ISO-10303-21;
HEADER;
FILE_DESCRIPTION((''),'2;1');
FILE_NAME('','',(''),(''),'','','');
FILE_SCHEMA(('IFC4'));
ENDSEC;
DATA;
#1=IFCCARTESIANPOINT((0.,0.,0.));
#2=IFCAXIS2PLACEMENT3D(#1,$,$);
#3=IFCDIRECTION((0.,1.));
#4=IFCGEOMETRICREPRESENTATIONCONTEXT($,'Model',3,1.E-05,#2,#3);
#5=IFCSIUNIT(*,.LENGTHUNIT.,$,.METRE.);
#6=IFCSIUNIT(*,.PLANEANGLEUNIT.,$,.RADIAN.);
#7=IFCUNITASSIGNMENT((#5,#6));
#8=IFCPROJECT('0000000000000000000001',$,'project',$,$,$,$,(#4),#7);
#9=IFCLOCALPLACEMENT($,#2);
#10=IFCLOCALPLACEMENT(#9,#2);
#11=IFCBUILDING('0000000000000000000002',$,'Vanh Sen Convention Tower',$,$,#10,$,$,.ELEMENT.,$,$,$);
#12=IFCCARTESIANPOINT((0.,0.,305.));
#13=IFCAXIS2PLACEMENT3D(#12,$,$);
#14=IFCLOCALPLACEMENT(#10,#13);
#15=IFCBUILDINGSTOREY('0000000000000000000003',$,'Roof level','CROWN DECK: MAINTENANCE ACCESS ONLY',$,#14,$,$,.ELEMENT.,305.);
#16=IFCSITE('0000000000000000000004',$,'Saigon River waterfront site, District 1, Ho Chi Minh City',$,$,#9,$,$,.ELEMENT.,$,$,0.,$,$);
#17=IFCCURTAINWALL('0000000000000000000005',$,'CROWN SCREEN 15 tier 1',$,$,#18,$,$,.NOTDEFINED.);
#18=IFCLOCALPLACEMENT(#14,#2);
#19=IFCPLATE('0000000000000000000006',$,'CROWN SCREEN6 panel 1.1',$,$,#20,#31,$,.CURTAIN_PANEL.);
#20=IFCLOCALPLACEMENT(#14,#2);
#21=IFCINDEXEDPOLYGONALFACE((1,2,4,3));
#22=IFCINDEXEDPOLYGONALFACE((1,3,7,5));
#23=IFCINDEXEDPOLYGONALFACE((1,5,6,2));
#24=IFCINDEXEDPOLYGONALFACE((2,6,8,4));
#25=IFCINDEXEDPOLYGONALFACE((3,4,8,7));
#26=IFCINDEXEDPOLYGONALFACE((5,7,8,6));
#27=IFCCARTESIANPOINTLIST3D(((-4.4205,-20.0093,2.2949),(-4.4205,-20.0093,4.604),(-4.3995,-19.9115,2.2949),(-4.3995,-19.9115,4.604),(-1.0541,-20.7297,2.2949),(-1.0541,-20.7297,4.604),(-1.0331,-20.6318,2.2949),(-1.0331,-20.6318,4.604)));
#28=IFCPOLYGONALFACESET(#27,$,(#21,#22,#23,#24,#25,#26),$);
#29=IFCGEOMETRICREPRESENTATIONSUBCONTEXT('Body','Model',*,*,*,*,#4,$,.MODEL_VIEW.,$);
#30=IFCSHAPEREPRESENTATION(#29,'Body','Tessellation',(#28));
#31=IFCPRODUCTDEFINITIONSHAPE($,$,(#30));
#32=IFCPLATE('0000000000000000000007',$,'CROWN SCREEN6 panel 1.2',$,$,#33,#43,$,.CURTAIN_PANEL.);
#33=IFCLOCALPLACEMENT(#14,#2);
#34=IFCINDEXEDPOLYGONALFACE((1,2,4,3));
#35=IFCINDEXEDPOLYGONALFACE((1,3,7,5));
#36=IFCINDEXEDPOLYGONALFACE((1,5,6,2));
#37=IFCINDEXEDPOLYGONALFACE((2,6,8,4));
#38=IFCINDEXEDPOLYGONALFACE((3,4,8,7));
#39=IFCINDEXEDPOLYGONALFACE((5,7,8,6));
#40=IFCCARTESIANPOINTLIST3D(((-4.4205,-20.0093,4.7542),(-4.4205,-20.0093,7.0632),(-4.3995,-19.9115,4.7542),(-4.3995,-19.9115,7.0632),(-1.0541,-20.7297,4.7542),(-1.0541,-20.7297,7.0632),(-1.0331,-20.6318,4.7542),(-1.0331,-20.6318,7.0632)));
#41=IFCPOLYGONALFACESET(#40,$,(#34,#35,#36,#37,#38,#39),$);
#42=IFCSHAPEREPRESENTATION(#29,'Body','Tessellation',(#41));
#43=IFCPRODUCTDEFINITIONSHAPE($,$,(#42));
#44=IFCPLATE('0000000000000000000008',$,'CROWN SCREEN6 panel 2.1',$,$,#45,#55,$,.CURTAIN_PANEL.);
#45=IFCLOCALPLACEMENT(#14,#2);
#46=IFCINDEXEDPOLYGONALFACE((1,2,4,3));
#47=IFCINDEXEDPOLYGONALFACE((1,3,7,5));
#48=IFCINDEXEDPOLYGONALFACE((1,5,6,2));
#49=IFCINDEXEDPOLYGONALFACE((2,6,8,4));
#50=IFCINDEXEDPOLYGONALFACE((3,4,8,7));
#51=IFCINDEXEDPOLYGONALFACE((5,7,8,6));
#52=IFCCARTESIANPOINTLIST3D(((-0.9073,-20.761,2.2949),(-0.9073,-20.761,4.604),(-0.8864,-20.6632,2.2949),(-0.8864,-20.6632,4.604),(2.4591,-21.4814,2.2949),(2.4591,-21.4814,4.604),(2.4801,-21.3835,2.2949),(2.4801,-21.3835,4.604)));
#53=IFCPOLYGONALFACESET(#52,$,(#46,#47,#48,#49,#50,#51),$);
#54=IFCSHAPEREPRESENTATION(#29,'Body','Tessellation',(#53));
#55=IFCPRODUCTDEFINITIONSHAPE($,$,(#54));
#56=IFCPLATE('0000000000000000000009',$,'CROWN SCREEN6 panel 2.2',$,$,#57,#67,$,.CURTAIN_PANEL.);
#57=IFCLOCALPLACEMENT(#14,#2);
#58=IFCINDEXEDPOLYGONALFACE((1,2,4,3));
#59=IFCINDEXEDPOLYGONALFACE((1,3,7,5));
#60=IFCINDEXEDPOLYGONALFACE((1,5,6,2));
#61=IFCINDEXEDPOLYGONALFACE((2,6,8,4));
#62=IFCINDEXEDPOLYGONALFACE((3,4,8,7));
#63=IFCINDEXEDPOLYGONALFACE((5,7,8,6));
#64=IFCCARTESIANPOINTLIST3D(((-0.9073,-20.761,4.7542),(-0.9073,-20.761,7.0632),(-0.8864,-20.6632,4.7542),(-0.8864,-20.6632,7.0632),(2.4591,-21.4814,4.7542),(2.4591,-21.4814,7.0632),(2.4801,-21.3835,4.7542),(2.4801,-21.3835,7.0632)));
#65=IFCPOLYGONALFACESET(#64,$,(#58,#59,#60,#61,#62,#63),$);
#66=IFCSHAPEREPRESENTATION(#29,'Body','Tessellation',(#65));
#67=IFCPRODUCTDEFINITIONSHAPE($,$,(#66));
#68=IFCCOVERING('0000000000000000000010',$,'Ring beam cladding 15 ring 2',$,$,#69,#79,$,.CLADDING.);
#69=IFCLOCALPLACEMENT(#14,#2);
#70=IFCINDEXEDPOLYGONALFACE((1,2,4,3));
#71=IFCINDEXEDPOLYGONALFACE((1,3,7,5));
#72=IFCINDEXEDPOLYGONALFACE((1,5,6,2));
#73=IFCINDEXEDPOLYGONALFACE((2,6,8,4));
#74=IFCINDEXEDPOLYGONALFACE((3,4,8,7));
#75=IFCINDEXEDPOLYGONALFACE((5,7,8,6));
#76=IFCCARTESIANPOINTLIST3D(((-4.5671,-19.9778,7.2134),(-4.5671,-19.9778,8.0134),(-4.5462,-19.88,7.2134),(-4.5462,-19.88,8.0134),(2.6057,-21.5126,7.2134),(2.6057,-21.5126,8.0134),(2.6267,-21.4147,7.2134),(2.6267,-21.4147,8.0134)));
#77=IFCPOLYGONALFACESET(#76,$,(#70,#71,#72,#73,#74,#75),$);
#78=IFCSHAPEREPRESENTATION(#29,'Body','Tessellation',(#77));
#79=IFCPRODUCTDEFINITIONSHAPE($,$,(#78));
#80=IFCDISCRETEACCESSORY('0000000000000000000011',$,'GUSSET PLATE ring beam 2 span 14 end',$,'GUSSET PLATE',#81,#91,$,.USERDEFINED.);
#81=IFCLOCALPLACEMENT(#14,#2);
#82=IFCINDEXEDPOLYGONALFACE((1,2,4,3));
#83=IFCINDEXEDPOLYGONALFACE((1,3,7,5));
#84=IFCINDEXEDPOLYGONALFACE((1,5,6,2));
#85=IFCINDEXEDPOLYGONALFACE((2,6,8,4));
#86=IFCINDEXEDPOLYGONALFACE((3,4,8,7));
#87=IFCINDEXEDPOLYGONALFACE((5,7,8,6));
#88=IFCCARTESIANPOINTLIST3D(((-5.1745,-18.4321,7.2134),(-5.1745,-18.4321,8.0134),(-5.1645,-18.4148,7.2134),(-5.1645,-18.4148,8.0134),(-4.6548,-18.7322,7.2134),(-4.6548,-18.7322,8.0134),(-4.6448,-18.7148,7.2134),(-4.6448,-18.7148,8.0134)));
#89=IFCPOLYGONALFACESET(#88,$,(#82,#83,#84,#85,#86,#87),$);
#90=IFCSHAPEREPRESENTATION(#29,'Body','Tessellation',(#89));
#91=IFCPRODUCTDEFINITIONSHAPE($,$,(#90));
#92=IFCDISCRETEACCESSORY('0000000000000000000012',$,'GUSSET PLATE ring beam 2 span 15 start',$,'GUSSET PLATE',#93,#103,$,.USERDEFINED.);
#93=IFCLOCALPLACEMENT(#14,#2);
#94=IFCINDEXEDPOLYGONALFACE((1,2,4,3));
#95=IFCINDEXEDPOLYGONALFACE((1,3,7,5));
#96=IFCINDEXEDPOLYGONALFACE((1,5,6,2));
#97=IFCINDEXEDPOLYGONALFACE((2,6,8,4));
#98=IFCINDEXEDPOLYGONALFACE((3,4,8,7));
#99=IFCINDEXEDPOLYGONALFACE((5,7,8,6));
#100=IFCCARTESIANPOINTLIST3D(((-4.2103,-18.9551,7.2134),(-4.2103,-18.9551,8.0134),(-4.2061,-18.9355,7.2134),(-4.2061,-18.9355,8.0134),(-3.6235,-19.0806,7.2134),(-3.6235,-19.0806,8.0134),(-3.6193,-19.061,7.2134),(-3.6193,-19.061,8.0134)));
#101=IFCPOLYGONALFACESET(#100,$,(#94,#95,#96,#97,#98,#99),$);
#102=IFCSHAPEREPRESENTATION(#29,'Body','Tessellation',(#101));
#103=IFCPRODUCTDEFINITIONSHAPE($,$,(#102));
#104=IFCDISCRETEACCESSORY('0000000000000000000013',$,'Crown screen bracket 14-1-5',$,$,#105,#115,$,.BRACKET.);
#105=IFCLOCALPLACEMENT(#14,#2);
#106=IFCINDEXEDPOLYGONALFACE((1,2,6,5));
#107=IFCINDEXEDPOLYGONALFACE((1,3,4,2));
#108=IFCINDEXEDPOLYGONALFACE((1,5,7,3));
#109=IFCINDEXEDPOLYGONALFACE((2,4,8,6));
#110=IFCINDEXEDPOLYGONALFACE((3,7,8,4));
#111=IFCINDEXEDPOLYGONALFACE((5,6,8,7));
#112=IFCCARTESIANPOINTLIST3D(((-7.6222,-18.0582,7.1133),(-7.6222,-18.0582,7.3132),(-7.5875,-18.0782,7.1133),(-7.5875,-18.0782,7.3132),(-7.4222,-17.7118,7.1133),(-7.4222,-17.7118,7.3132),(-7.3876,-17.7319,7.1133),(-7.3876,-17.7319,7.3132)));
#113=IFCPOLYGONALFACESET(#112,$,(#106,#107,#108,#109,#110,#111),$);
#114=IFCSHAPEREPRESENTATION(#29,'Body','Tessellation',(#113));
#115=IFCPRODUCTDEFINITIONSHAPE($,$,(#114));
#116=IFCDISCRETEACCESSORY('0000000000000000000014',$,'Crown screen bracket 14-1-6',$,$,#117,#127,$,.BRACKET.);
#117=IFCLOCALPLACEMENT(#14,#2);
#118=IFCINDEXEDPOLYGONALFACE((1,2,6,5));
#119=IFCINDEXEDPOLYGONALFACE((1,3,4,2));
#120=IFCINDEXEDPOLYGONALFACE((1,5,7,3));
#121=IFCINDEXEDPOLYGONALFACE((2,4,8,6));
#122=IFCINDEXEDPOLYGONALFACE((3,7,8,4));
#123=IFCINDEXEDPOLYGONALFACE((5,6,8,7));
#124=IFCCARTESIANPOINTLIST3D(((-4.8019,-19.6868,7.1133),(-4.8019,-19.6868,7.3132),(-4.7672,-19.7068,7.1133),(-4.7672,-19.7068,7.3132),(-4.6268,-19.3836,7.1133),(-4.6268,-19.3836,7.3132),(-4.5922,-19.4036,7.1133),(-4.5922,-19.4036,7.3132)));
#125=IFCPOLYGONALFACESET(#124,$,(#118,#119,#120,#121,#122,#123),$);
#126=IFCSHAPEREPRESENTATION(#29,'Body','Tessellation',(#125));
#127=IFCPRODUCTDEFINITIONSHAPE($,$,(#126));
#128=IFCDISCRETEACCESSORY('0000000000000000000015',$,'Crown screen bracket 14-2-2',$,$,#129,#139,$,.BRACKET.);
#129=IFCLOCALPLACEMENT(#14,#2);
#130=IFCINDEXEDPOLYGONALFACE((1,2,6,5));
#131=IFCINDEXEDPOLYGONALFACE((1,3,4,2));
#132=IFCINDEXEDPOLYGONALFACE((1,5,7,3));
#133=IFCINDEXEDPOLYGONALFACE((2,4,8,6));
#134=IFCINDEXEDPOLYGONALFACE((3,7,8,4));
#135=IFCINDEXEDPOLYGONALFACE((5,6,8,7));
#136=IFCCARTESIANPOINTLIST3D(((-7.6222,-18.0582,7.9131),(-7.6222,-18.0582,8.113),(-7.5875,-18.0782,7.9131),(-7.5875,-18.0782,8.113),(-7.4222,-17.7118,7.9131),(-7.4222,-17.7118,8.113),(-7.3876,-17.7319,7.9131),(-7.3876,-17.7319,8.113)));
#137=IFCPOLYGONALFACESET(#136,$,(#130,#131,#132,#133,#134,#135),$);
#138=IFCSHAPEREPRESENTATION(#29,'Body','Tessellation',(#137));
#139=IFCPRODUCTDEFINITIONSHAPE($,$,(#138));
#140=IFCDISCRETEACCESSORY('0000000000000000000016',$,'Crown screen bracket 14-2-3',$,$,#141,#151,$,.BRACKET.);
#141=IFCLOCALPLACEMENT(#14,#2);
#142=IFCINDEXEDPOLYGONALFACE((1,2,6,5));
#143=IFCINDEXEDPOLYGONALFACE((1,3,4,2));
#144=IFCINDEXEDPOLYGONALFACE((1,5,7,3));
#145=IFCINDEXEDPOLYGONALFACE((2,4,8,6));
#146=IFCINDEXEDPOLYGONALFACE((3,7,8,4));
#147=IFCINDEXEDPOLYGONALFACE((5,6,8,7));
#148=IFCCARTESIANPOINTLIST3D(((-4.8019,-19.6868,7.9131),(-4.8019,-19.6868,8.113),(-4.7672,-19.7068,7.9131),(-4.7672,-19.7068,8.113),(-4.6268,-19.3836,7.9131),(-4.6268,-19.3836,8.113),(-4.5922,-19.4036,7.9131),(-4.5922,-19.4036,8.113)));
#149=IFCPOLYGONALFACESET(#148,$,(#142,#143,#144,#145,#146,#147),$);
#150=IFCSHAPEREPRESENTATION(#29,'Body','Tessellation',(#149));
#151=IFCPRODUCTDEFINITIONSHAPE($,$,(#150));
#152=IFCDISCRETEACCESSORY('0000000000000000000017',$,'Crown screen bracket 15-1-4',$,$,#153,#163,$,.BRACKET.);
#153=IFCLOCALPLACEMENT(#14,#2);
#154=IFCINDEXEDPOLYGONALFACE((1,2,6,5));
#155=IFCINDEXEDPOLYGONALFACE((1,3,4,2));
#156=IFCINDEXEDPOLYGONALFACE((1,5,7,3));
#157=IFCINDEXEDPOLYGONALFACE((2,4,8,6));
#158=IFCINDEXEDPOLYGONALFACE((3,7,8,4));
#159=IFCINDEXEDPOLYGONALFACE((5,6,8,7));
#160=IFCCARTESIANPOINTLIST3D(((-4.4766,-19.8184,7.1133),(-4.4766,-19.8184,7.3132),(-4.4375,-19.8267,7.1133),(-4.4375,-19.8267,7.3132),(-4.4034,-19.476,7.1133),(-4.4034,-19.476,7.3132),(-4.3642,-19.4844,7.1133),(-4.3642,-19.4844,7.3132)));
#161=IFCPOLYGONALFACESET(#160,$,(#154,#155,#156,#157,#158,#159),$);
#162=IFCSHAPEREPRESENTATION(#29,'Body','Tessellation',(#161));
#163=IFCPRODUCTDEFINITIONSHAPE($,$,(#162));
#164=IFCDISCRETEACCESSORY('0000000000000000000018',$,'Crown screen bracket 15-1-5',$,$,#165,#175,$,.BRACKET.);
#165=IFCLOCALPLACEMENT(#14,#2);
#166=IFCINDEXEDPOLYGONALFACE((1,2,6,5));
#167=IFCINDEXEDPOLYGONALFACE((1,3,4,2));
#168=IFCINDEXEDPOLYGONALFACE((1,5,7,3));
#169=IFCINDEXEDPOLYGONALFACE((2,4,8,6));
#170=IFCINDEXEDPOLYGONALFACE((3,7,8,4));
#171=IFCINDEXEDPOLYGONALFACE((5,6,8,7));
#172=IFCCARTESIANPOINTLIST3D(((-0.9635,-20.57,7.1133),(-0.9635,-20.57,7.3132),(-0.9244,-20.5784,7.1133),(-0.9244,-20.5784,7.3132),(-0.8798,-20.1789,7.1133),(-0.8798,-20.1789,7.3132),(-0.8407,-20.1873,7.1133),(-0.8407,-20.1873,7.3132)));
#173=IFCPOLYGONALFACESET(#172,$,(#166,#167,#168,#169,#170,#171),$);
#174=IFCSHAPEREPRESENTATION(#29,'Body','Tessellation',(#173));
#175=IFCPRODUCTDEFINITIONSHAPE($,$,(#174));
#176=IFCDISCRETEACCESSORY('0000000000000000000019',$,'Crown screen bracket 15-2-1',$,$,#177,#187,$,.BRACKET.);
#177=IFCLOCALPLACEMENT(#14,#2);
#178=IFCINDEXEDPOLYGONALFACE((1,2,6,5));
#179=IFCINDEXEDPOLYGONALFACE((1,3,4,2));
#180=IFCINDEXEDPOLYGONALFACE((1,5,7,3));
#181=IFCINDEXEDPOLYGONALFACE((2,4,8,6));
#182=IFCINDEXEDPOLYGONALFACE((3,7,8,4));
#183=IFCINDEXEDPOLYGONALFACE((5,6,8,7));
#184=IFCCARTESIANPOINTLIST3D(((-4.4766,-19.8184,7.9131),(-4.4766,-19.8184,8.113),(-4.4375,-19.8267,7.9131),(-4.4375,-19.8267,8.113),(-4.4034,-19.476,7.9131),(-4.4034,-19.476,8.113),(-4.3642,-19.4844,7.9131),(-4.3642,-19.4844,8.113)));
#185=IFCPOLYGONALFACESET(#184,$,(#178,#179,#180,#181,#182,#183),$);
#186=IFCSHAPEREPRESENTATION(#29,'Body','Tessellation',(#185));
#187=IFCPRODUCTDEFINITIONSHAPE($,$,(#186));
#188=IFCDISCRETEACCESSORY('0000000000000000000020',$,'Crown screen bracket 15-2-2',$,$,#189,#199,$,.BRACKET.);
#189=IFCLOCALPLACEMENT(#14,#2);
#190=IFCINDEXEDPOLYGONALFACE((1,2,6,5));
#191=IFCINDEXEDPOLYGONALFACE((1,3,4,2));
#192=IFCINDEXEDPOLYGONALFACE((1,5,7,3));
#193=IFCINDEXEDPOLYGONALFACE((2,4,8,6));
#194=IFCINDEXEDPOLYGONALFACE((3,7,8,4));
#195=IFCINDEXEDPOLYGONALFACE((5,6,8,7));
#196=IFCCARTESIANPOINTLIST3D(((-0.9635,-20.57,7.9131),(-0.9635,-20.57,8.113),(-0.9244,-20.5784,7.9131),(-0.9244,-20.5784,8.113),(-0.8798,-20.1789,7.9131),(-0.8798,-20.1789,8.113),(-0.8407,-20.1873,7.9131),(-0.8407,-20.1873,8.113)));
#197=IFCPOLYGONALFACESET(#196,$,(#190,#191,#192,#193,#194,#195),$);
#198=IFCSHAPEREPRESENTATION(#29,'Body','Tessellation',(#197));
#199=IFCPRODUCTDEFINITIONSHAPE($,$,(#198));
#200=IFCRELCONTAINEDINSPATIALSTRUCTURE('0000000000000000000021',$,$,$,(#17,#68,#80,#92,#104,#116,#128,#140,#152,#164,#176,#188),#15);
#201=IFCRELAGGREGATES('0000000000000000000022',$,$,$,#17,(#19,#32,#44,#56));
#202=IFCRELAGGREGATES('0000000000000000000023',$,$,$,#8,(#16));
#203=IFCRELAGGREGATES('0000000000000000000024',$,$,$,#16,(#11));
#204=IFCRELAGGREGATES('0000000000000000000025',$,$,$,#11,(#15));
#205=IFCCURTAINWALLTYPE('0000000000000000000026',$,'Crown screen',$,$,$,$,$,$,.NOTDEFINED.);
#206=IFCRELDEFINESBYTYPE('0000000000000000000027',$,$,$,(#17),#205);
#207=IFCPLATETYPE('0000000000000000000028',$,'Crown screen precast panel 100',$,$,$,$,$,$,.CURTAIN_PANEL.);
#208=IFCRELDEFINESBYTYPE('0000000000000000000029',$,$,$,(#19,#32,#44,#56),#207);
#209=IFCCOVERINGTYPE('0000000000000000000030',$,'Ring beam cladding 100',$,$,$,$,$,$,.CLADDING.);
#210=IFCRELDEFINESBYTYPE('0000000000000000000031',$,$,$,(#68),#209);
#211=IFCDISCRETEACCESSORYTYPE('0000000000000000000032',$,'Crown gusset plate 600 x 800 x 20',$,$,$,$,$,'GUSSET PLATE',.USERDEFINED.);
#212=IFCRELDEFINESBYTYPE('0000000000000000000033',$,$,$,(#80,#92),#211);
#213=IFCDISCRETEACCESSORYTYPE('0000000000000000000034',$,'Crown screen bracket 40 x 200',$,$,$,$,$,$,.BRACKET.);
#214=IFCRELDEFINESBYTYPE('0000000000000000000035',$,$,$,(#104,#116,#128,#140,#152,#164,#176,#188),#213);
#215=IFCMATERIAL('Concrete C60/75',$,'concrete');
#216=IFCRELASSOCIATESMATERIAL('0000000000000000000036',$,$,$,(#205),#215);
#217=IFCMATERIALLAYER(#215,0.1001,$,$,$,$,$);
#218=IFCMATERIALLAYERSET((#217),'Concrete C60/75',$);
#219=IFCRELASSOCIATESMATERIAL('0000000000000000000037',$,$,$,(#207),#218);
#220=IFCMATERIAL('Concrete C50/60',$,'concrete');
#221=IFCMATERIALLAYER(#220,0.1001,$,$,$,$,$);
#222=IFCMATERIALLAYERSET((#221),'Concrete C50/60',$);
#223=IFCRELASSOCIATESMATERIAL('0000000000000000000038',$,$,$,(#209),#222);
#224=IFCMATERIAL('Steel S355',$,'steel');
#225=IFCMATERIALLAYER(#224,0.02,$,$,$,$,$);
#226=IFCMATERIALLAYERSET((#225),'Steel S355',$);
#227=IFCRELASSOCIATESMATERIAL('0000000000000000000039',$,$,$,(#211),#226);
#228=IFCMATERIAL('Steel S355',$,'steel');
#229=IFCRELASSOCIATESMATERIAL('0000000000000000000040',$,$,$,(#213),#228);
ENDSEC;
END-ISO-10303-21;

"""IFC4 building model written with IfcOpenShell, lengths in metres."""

from ifc_helpers import new_model, si_unit, direction, frame, origin, origin_2d, place, context, subcontext, project, spatial, rectangle, extrude, material, layer, layer_set, type_object, element, aggregate, save


model = new_model("IFC4")

# Units and contexts
model_context = context("Model", 3, precision=1e-05, world=origin(), true_north=direction((0.0, 1.0)))
body_context = subcontext(model_context, "Body", "Model", "MODEL_VIEW")
ifc_project = project(units=[si_unit("LENGTHUNIT", "METRE"), si_unit("PLANEANGLEUNIT", "RADIAN")], contexts=[model_context])

# Site, building, storey
site_placement = place(None, origin())
site = spatial("IfcSite", under=ifc_project, at=site_placement, Name="Saigon River waterfront site, District 1, Ho Chi Minh City", CompositionType="ELEMENT", RefElevation=0.0)
building_placement = place(site_placement, origin())
building = spatial("IfcBuilding", under=site, at=building_placement, Name="Vanh Sen Convention Tower", CompositionType="ELEMENT")
storey_placement = place(building_placement, frame((0.0, 0.0, 305.0)))
storey = spatial("IfcBuildingStorey", under=building, at=storey_placement, Name="Roof level", Description="CROWN DECK: MAINTENANCE ACCESS ONLY", CompositionType="ELEMENT", Elevation=305.0)

# Shared definitions
ifc_material_1 = material(Name="Concrete C60/75", Category="concrete")
curtain_wall_type = type_object("IfcCurtainWallType", Name="Crown screen", PredefinedType="NOTDEFINED", material=ifc_material_1)

# Curtain wall
curtain_wall_1_placement = place(storey_placement, origin())
curtain_wall_1 = element("IfcCurtainWall", 1, at=curtain_wall_1_placement, inside=storey, type_object=curtain_wall_type, Name="CROWN SCREEN 15 tier 1", PredefinedType="NOTDEFINED")

# Shared definitions
ifc_layer_1 = layer(ifc_material_1, 0.1001)
ifc_layer_set_1 = layer_set([ifc_layer_1], Name="Concrete C60/75")
plate_type = type_object("IfcPlateType", Name="Crown screen precast panel 100", PredefinedType="CURTAIN_PANEL", material=ifc_layer_set_1)

# Plates
plate_1_placement = place(storey_placement, frame((-2.7268, -20.3206, 2.2949), z_axis=(0.0, 0.0, 1.0), x_axis=(0.977865, -0.209236, 0.0)))
plate_1 = element("IfcPlate", 2, at=plate_1_placement, type_object=plate_type, Name="CROWN SCREEN6 panel 1.1", PredefinedType="CURTAIN_PANEL", context=body_context, shape_type="SweptSolid", body=[
    extrude(rectangle(XDim=3.4426, YDim=0.1001, at=origin_2d()), origin(), (0.0, 0.0, 1.0), 2.3091),
])
plate_2_placement = place(storey_placement, frame((-2.7268, -20.3206, 4.7542), z_axis=(0.0, 0.0, 1.0), x_axis=(0.977865, -0.209236, 0.0)))
plate_2 = element("IfcPlate", 3, at=plate_2_placement, type_object=plate_type, Name="CROWN SCREEN6 panel 1.2", PredefinedType="CURTAIN_PANEL", context=body_context, shape_type="SweptSolid", body=[
    extrude(rectangle(XDim=3.4426, YDim=0.1001, at=origin_2d()), origin(), (0.0, 0.0, 1.0), 2.3091),
])
plate_3_placement = place(storey_placement, frame((0.7864, -21.0723, 2.2949), z_axis=(0.0, 0.0, 1.0), x_axis=(0.977865, -0.209236, 0.0)))
plate_3 = element("IfcPlate", 4, at=plate_3_placement, type_object=plate_type, Name="CROWN SCREEN6 panel 2.1", PredefinedType="CURTAIN_PANEL", context=body_context, shape_type="SweptSolid", body=[
    extrude(rectangle(XDim=3.4426, YDim=0.1001, at=origin_2d()), origin(), (0.0, 0.0, 1.0), 2.3091),
])
plate_4_placement = place(storey_placement, frame((0.7864, -21.0723, 4.7542), z_axis=(0.0, 0.0, 1.0), x_axis=(0.977865, -0.209236, 0.0)))
plate_4 = element("IfcPlate", 5, at=plate_4_placement, type_object=plate_type, Name="CROWN SCREEN6 panel 2.2", PredefinedType="CURTAIN_PANEL", context=body_context, shape_type="SweptSolid", body=[
    extrude(rectangle(XDim=3.4426, YDim=0.1001, at=origin_2d()), origin(), (0.0, 0.0, 1.0), 2.3091),
])
aggregate(curtain_wall_1, [plate_1, plate_2, plate_3, plate_4])

# Covering
ifc_material_2 = material(Name="Concrete C50/60", Category="concrete")
ifc_layer_2 = layer(ifc_material_2, 0.1001)
ifc_layer_set_2 = layer_set([ifc_layer_2], Name="Concrete C50/60")
covering_type = type_object("IfcCoveringType", Name="Ring beam cladding 100", PredefinedType="CLADDING", material=ifc_layer_set_2)
covering_placement = place(storey_placement, frame((-0.9702, -20.6963, 7.2134), z_axis=(0.0, 0.0, 1.0), x_axis=(0.977865, -0.209236, 0.0)))
element("IfcCovering", 6, at=covering_placement, inside=storey, type_object=covering_type, Name="Ring beam cladding 15 ring 2", PredefinedType="CLADDING", context=body_context, shape_type="SweptSolid", body=[
    extrude(rectangle(XDim=7.3352, YDim=0.1001, at=origin_2d()), origin(), (0.0, 0.0, 1.0), 0.8),
])

# Discrete accessories
ifc_material_3 = material(Name="Steel S355", Category="steel")
ifc_layer_3 = layer(ifc_material_3, 0.02)
ifc_layer_set_3 = layer_set([ifc_layer_3], Name="Steel S355")
discrete_accessory_type_1 = type_object("IfcDiscreteAccessoryType", Name="Crown gusset plate 600 x 800 x 20", ElementType="GUSSET PLATE", PredefinedType="USERDEFINED", material=ifc_layer_set_3)
for number, where, z_axis, x_axis, name in (
    (7, (-4.9097, -18.5735, 7.2134), (0.0, 0.0, 1.0), (-0.866029, 0.499994, 0.0), "GUSSET PLATE ring beam 2 span 14 end"),
    (8, (-3.9148, -19.0081, 7.2134), (0.0, 0.0, 1.0), (0.977865, -0.209236, 0.0), "GUSSET PLATE ring beam 2 span 15 start"),
):
    element("IfcDiscreteAccessory", number, at=place(storey_placement, frame(where, z_axis=z_axis, x_axis=x_axis)), inside=storey, type_object=discrete_accessory_type_1, Name=name, ObjectType="GUSSET PLATE", PredefinedType="USERDEFINED", context=body_context, shape_type="SweptSolid", body=[
        extrude(rectangle(XDim=0.6001, YDim=0.02, at=origin_2d()), origin(), (0.0, 0.0, 1.0), 0.8),
    ])
ifc_material_4 = material(Name="Steel S355", Category="steel")
discrete_accessory_type_2 = type_object("IfcDiscreteAccessoryType", Name="Crown screen bracket 40 x 200", PredefinedType="BRACKET", material=ifc_material_4)
discrete_accessory_1_placement = place(storey_placement, frame((-7.5049, -17.895, 7.1133), z_axis=(0.0, 0.0, 1.0), x_axis=(-0.499994, -0.866029, 0.0)))
element("IfcDiscreteAccessory", 9, at=discrete_accessory_1_placement, inside=storey, type_object=discrete_accessory_type_2, Name="Crown screen bracket 14-1-5", PredefinedType="BRACKET", context=body_context, shape_type="SweptSolid", body=[
    extrude(rectangle(XDim=0.3999, YDim=0.04, at=origin_2d()), origin(), (0.0, 0.0, 1.0), 0.2),
])
discrete_accessory_2_placement = place(storey_placement, frame((-4.697, -19.5452, 7.1133), z_axis=(0.0, 0.0, 1.0), x_axis=(-0.499994, -0.866029, 0.0)))
element("IfcDiscreteAccessory", 10, at=discrete_accessory_2_placement, inside=storey, type_object=discrete_accessory_type_2, Name="Crown screen bracket 14-1-6", PredefinedType="BRACKET", context=body_context, shape_type="SweptSolid", body=[
    extrude(rectangle(XDim=0.3501, YDim=0.04, at=origin_2d()), origin(), (0.0, 0.0, 1.0), 0.2),
])
discrete_accessory_3_placement = place(storey_placement, frame((-7.5049, -17.895, 7.9131), z_axis=(0.0, 0.0, 1.0), x_axis=(-0.499994, -0.866029, 0.0)))
element("IfcDiscreteAccessory", 11, at=discrete_accessory_3_placement, inside=storey, type_object=discrete_accessory_type_2, Name="Crown screen bracket 14-2-2", PredefinedType="BRACKET", context=body_context, shape_type="SweptSolid", body=[
    extrude(rectangle(XDim=0.3999, YDim=0.04, at=origin_2d()), origin(), (0.0, 0.0, 1.0), 0.2),
])
for number, where, z_axis, x_axis, name in (
    (12, (-4.697, -19.5452, 7.9131), (0.0, 0.0, 1.0), (-0.499994, -0.866029, 0.0), "Crown screen bracket 14-2-3"),
    (13, (-4.4204, -19.6514, 7.1133), (0.0, 0.0, 1.0), (-0.209236, -0.977865, 0.0), "Crown screen bracket 15-1-4"),
):
    element("IfcDiscreteAccessory", number, at=place(storey_placement, frame(where, z_axis=z_axis, x_axis=x_axis)), inside=storey, type_object=discrete_accessory_type_2, Name=name, PredefinedType="BRACKET", context=body_context, shape_type="SweptSolid", body=[
        extrude(rectangle(XDim=0.3501, YDim=0.04, at=origin_2d()), origin(), (0.0, 0.0, 1.0), 0.2),
    ])
discrete_accessory_4_placement = place(storey_placement, frame((-0.9021, -20.3787, 7.1133), z_axis=(0.0, 0.0, 1.0), x_axis=(-0.209236, -0.977865, 0.0)))
element("IfcDiscreteAccessory", 14, at=discrete_accessory_4_placement, inside=storey, type_object=discrete_accessory_type_2, Name="Crown screen bracket 15-1-5", PredefinedType="BRACKET", context=body_context, shape_type="SweptSolid", body=[
    extrude(rectangle(XDim=0.3999, YDim=0.04, at=origin_2d()), origin(), (0.0, 0.0, 1.0), 0.2),
])
discrete_accessory_5_placement = place(storey_placement, frame((-4.4204, -19.6514, 7.9131), z_axis=(0.0, 0.0, 1.0), x_axis=(-0.209236, -0.977865, 0.0)))
element("IfcDiscreteAccessory", 15, at=discrete_accessory_5_placement, inside=storey, type_object=discrete_accessory_type_2, Name="Crown screen bracket 15-2-1", PredefinedType="BRACKET", context=body_context, shape_type="SweptSolid", body=[
    extrude(rectangle(XDim=0.3501, YDim=0.04, at=origin_2d()), origin(), (0.0, 0.0, 1.0), 0.2),
])
discrete_accessory_6_placement = place(storey_placement, frame((-0.9021, -20.3787, 7.9131), z_axis=(0.0, 0.0, 1.0), x_axis=(-0.209236, -0.977865, 0.0)))
element("IfcDiscreteAccessory", 16, at=discrete_accessory_6_placement, inside=storey, type_object=discrete_accessory_type_2, Name="Crown screen bracket 15-2-2", PredefinedType="BRACKET", context=body_context, shape_type="SweptSolid", body=[
    extrude(rectangle(XDim=0.3999, YDim=0.04, at=origin_2d()), origin(), (0.0, 0.0, 1.0), 0.2),
])

save(model, "model.ifc")
